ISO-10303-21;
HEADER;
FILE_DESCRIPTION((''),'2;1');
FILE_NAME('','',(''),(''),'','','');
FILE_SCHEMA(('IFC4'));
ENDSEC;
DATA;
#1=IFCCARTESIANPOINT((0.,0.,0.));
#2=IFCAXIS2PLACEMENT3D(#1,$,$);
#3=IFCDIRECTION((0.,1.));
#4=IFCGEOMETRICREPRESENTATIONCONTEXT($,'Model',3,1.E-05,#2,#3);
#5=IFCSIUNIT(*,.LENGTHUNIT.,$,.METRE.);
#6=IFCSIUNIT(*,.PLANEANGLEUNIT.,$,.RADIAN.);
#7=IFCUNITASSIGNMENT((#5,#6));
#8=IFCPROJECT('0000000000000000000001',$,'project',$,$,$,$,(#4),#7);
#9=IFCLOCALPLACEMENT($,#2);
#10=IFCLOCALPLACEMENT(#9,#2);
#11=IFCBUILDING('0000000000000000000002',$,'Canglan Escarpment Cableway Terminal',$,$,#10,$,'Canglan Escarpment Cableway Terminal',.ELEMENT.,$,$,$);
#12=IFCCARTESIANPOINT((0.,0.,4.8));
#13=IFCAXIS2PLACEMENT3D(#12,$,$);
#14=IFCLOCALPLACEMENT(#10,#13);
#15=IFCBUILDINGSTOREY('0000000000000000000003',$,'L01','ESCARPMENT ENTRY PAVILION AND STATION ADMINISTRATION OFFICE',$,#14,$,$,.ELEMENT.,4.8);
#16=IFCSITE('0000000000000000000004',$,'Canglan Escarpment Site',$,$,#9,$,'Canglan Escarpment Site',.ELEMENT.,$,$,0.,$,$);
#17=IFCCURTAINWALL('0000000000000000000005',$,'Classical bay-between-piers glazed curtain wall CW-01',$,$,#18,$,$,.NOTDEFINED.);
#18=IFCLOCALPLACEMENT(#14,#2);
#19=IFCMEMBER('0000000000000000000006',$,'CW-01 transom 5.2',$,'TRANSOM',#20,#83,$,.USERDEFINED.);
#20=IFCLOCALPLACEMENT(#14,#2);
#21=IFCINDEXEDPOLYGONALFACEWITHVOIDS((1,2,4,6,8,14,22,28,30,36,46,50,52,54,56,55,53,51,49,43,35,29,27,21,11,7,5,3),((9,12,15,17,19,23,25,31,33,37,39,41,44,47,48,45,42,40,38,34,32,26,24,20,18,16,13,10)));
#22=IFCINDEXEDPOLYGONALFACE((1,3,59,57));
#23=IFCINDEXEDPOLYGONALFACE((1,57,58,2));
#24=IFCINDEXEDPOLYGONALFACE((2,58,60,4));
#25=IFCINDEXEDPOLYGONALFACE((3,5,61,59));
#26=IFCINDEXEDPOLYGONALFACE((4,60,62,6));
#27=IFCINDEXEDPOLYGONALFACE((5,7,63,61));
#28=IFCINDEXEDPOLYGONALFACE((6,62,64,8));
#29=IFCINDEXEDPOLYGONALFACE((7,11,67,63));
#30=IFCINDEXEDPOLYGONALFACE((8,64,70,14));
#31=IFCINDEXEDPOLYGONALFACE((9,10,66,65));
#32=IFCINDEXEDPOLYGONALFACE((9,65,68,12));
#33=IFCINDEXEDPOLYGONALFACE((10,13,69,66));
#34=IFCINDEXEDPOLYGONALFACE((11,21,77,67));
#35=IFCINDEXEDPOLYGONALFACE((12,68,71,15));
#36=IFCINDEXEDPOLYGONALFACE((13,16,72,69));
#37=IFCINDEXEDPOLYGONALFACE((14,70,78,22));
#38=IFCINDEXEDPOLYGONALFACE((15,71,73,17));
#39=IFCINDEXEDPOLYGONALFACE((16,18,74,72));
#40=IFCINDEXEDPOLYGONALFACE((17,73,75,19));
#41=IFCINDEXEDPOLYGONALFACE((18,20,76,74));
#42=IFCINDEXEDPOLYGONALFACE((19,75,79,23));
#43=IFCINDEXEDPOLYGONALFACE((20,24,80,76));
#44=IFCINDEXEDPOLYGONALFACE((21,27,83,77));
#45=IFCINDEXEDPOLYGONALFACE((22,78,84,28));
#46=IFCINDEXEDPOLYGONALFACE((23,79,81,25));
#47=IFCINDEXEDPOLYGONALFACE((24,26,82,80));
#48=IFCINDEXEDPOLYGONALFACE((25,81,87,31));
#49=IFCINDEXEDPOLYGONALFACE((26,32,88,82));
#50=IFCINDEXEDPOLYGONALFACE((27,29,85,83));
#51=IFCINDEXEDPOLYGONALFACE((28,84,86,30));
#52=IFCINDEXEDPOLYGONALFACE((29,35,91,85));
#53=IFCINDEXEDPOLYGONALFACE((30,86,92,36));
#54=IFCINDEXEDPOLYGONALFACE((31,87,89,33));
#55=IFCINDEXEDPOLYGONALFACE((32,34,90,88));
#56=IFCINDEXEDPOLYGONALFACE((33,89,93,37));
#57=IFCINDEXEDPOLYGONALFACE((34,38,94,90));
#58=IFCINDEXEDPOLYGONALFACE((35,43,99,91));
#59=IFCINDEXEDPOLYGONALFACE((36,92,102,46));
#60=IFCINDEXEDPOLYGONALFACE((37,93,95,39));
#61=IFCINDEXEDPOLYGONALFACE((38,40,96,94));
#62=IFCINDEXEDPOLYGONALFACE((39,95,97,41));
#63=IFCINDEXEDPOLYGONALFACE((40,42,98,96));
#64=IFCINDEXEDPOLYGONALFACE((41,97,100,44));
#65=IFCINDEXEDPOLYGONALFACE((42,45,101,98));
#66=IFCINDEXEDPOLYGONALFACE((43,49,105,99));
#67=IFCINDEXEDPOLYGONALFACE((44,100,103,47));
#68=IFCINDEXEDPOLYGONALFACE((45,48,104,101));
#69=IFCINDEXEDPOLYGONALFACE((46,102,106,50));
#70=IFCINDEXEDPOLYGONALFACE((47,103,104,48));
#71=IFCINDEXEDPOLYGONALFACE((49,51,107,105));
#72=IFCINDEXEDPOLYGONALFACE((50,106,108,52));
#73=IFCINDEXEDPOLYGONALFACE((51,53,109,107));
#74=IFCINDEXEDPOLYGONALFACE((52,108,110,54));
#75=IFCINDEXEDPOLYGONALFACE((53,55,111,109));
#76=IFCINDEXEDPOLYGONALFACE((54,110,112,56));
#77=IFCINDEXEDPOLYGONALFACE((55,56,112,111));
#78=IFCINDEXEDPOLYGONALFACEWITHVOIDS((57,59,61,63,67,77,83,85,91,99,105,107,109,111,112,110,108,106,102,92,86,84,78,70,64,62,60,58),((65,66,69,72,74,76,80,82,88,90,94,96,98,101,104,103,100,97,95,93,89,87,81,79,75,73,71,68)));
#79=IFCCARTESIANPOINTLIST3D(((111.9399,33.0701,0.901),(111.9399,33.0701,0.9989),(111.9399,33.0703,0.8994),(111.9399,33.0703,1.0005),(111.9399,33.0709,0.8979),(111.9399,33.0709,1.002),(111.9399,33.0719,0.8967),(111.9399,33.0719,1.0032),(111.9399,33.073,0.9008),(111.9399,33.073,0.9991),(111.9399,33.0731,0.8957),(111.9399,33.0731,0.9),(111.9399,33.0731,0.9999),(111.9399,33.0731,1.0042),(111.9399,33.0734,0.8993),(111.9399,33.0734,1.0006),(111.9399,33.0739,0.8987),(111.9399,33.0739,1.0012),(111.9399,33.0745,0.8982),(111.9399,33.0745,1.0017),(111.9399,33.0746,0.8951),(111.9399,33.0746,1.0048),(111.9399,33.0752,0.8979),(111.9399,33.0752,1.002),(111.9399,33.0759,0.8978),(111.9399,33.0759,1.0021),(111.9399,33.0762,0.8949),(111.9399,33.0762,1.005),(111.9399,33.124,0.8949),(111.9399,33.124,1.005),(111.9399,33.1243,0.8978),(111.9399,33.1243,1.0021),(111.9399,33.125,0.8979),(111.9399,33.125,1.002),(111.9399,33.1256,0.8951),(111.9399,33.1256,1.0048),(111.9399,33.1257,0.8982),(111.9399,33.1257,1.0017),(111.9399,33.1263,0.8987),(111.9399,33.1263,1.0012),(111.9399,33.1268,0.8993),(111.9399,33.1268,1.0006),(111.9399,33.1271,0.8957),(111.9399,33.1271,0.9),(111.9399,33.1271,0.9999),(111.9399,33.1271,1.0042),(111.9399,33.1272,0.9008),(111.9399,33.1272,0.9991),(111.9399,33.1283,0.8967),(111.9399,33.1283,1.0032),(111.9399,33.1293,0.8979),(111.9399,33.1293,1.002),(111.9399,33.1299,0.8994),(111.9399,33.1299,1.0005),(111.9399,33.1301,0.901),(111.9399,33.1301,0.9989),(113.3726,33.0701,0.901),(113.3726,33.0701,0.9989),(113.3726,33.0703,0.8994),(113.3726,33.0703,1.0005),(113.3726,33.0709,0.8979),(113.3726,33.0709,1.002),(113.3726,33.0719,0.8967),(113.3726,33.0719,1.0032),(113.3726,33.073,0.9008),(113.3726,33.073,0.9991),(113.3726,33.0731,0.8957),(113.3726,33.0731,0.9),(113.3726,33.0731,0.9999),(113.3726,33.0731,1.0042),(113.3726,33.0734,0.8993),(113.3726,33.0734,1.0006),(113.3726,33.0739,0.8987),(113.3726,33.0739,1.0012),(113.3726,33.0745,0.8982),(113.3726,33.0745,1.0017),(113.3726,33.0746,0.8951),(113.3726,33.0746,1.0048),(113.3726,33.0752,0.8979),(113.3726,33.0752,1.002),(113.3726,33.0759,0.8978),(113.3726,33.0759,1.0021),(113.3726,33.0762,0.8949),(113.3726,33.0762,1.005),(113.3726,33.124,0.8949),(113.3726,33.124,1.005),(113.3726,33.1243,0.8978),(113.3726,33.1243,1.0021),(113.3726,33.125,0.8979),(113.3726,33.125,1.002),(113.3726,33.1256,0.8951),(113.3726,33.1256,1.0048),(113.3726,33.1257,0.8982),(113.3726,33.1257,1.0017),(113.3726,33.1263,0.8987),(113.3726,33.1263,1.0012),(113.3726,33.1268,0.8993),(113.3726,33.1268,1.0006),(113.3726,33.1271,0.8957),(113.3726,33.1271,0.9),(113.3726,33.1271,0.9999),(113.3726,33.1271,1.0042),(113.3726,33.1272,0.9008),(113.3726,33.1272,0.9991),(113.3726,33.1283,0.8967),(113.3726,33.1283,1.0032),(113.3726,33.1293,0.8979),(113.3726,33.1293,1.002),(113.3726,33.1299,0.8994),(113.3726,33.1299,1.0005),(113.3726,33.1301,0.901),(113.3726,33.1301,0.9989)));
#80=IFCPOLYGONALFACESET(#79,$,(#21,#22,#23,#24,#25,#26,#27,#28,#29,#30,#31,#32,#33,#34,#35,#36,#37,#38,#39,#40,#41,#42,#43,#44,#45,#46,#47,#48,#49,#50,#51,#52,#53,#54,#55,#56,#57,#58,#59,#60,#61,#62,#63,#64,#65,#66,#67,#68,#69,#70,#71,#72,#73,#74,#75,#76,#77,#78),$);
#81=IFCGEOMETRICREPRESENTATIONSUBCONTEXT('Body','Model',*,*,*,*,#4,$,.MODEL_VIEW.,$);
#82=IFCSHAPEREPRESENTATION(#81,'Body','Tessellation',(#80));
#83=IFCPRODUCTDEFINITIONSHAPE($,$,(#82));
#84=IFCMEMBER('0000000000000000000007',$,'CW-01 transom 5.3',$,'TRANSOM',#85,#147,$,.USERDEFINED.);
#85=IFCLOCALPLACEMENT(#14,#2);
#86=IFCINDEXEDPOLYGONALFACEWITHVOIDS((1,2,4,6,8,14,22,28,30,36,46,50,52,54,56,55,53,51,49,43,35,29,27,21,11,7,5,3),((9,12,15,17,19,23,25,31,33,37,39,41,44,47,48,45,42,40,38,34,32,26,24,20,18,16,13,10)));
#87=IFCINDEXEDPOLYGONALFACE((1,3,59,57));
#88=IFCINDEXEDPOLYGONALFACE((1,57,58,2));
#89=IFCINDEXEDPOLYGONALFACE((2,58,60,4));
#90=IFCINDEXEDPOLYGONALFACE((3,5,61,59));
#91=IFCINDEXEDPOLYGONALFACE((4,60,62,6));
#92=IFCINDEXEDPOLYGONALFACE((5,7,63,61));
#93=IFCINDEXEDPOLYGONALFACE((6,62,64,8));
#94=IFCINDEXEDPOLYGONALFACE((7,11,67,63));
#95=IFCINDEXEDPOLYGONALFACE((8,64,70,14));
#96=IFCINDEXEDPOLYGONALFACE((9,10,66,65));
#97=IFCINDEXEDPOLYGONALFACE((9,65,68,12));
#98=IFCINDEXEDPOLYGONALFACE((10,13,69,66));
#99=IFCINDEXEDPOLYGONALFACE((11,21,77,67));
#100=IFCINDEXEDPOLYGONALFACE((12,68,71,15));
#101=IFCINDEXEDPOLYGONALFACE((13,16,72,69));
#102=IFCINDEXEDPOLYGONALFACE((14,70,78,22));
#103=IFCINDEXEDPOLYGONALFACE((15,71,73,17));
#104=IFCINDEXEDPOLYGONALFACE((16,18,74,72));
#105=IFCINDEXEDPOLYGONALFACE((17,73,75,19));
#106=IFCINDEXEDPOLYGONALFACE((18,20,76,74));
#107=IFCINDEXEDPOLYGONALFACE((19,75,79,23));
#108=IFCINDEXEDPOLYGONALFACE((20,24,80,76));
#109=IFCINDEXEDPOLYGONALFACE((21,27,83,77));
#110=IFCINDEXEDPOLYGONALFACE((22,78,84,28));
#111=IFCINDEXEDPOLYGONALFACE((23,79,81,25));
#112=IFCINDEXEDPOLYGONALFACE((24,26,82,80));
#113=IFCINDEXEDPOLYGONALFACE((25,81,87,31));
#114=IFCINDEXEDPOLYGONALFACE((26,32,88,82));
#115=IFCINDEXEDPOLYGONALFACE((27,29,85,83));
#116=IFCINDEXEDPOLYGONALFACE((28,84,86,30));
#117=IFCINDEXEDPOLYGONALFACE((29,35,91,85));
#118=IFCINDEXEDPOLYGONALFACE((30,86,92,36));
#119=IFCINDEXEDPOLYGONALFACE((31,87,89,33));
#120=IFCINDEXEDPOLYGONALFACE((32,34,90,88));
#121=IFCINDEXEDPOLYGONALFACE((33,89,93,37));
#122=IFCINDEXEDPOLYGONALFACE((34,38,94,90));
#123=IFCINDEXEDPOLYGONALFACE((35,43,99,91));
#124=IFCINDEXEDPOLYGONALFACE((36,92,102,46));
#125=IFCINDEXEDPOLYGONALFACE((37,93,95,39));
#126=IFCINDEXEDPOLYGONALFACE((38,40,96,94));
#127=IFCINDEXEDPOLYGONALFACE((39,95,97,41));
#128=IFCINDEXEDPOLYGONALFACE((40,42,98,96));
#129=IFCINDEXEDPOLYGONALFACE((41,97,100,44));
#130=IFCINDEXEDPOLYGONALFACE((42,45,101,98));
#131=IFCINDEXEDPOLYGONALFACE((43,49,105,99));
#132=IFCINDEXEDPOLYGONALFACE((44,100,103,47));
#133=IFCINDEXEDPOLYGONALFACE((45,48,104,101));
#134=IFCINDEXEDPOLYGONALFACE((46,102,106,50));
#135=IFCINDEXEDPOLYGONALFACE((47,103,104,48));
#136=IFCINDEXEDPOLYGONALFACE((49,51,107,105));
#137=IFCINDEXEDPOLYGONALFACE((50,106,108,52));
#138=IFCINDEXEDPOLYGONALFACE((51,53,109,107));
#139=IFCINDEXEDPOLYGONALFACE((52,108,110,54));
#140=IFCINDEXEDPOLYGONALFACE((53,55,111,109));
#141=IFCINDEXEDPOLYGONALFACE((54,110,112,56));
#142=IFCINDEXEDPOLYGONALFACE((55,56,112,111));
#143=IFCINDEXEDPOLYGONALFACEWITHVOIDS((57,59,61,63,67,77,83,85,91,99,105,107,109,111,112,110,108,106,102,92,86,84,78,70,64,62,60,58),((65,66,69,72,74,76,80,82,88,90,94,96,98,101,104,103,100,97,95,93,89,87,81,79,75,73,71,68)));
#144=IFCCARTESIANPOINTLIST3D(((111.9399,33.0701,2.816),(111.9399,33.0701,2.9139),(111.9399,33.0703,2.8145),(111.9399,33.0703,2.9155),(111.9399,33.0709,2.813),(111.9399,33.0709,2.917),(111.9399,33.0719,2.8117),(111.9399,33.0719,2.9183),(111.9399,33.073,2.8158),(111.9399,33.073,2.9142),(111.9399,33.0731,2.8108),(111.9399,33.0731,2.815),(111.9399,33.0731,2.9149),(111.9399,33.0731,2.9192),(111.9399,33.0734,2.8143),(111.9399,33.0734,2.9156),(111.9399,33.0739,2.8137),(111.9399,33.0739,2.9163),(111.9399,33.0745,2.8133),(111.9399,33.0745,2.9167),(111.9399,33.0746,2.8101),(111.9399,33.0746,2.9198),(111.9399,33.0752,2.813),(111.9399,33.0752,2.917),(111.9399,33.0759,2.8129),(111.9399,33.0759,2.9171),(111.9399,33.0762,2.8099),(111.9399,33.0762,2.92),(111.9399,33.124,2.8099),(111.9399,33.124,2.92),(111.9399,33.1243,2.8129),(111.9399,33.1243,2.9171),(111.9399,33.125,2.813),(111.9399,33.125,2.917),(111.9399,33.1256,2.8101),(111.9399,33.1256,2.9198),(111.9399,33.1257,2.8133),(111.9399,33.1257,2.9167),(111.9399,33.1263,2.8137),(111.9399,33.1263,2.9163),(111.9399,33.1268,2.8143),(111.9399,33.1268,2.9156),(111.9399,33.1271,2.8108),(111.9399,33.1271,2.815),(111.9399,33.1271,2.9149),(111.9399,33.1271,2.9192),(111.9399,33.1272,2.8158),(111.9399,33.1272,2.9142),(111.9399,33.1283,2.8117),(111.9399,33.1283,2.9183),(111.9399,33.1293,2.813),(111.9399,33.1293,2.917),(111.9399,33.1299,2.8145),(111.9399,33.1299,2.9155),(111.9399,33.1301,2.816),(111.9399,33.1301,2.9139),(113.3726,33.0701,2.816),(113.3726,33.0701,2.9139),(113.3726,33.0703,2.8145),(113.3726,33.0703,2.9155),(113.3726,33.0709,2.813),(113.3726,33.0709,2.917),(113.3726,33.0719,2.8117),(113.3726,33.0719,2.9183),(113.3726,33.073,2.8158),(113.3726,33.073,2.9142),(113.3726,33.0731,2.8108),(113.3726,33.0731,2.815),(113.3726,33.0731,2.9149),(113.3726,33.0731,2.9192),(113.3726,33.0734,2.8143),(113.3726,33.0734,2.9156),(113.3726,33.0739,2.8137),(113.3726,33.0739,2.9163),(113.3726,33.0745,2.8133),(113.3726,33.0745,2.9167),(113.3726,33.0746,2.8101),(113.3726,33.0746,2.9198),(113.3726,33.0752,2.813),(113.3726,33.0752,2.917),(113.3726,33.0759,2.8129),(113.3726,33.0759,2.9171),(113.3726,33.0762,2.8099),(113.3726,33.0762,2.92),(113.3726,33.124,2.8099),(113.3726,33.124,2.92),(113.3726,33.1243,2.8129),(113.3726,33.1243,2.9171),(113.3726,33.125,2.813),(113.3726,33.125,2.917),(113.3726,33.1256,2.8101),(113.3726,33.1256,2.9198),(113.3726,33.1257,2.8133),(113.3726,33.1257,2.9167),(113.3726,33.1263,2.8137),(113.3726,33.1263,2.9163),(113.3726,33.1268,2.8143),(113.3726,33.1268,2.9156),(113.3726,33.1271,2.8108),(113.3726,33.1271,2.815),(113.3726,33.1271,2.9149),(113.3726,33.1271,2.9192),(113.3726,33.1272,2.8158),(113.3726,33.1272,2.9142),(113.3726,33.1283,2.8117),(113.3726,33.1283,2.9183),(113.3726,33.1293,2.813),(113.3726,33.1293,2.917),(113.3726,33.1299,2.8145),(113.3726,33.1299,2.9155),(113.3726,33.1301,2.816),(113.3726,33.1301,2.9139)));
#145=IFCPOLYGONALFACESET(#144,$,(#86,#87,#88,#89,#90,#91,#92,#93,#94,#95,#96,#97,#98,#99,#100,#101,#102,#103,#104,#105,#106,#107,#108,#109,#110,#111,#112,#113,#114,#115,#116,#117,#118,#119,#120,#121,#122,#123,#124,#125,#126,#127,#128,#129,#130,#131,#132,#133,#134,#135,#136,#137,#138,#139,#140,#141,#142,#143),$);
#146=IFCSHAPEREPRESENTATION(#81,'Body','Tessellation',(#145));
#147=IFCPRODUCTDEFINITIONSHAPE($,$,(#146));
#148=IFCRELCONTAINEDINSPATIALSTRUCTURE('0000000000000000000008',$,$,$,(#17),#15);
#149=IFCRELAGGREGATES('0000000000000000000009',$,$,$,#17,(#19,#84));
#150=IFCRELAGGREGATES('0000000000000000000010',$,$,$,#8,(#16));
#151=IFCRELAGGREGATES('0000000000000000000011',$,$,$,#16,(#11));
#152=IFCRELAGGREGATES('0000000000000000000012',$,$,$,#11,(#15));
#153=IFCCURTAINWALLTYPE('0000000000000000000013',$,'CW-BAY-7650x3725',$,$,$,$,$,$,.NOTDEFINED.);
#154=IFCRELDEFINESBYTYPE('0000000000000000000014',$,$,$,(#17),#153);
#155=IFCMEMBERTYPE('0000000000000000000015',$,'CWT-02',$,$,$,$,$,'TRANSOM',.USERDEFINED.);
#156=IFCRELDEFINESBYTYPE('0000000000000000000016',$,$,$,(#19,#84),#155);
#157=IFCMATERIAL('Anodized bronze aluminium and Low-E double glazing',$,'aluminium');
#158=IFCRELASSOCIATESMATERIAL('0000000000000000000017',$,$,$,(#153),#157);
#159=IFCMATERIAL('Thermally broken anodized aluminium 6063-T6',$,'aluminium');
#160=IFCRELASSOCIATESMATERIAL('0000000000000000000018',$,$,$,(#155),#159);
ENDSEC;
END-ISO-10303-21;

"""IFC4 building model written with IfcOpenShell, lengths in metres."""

from ifc_helpers import new_model, si_unit, direction, frame, origin, origin_2d, place, context, subcontext, project, spatial, hollow_rectangle, extrude, material, material_profile, profile_set, type_object, element, aggregate, save


model = new_model("IFC4")

# Units and contexts
model_context = context("Model", 3, precision=1e-05, world=origin(), true_north=direction((0.0, 1.0)))
body_context = subcontext(model_context, "Body", "Model", "MODEL_VIEW")
ifc_project = project(units=[si_unit("LENGTHUNIT", "METRE"), si_unit("PLANEANGLEUNIT", "RADIAN")], contexts=[model_context])

# Site, building, storey
site_placement = place(None, origin())
site = spatial("IfcSite", under=ifc_project, at=site_placement, Name="Canglan Escarpment Site", LongName="Canglan Escarpment Site", CompositionType="ELEMENT", RefElevation=0.0)
building_placement = place(site_placement, origin())
building = spatial("IfcBuilding", under=site, at=building_placement, Name="Canglan Escarpment Cableway Terminal", LongName="Canglan Escarpment Cableway Terminal", CompositionType="ELEMENT")
storey_placement = place(building_placement, frame((0.0, 0.0, 4.8)))
storey = spatial("IfcBuildingStorey", under=building, at=storey_placement, Name="L01", Description="ESCARPMENT ENTRY PAVILION AND STATION ADMINISTRATION OFFICE", CompositionType="ELEMENT", Elevation=4.8)

# Curtain wall, members
ifc_material_1 = material(Name="Anodized bronze aluminium and Low-E double glazing", Category="aluminium")
curtain_wall_type = type_object("IfcCurtainWallType", Name="CW-BAY-7650x3725", PredefinedType="NOTDEFINED", material=ifc_material_1)
curtain_wall_placement = place(storey_placement, origin())
curtain_wall = element("IfcCurtainWall", 1, at=curtain_wall_placement, inside=storey, type_object=curtain_wall_type, Name="Classical bay-between-piers glazed curtain wall CW-01", PredefinedType="NOTDEFINED")
ifc_material_2 = material(Name="Thermally broken anodized aluminium 6063-T6", Category="aluminium")
ifc_material_profile_1 = material_profile(ifc_material_2, hollow_rectangle(XDim=0.0601, YDim=0.1101, WallThickness=0.0029, InnerFilletRadius=0.0029, OuterFilletRadius=0.0061, at=origin_2d()), Name="ALU-TRAN 60x110x3")
ifc_profile_set_1 = profile_set([ifc_material_profile_1], Name="Thermally broken anodized aluminium 6063-T6")
member_type_1 = type_object("IfcMemberType", Name="CWT-02", ElementType="TRANSOM", PredefinedType="USERDEFINED", material=ifc_profile_set_1)
member_1_placement = place(storey_placement, frame((113.3726, 33.1001, 0.95), z_axis=(-1.0, 0.0, 0.0), x_axis=(0.0, -1.0, 0.0)))
member_1 = element("IfcMember", 2, at=member_1_placement, type_object=member_type_1, Name="CW-01 transom 5.2", ObjectType="TRANSOM", PredefinedType="USERDEFINED", context=body_context, shape_type="SweptSolid", body=[
    extrude(hollow_rectangle(XDim=0.0601, YDim=0.1101, WallThickness=0.0029, InnerFilletRadius=0.0029, OuterFilletRadius=0.0061, at=origin_2d()), origin(), (0.0, 0.0, 1.0), 1.4326),
])
member_2_placement = place(storey_placement, frame((113.3726, 33.1001, 2.865), z_axis=(-1.0, 0.0, 0.0), x_axis=(0.0, -1.0, 0.0)))
member_2 = element("IfcMember", 3, at=member_2_placement, type_object=member_type_1, Name="CW-01 transom 5.3", ObjectType="TRANSOM", PredefinedType="USERDEFINED", context=body_context, shape_type="SweptSolid", body=[
    extrude(hollow_rectangle(XDim=0.0601, YDim=0.1101, WallThickness=0.0029, InnerFilletRadius=0.0029, OuterFilletRadius=0.0061, at=origin_2d()), origin(), (0.0, 0.0, 1.0), 1.4326),
])

aggregate(curtain_wall, [member_1, member_2])

save(model, "model.ifc")
